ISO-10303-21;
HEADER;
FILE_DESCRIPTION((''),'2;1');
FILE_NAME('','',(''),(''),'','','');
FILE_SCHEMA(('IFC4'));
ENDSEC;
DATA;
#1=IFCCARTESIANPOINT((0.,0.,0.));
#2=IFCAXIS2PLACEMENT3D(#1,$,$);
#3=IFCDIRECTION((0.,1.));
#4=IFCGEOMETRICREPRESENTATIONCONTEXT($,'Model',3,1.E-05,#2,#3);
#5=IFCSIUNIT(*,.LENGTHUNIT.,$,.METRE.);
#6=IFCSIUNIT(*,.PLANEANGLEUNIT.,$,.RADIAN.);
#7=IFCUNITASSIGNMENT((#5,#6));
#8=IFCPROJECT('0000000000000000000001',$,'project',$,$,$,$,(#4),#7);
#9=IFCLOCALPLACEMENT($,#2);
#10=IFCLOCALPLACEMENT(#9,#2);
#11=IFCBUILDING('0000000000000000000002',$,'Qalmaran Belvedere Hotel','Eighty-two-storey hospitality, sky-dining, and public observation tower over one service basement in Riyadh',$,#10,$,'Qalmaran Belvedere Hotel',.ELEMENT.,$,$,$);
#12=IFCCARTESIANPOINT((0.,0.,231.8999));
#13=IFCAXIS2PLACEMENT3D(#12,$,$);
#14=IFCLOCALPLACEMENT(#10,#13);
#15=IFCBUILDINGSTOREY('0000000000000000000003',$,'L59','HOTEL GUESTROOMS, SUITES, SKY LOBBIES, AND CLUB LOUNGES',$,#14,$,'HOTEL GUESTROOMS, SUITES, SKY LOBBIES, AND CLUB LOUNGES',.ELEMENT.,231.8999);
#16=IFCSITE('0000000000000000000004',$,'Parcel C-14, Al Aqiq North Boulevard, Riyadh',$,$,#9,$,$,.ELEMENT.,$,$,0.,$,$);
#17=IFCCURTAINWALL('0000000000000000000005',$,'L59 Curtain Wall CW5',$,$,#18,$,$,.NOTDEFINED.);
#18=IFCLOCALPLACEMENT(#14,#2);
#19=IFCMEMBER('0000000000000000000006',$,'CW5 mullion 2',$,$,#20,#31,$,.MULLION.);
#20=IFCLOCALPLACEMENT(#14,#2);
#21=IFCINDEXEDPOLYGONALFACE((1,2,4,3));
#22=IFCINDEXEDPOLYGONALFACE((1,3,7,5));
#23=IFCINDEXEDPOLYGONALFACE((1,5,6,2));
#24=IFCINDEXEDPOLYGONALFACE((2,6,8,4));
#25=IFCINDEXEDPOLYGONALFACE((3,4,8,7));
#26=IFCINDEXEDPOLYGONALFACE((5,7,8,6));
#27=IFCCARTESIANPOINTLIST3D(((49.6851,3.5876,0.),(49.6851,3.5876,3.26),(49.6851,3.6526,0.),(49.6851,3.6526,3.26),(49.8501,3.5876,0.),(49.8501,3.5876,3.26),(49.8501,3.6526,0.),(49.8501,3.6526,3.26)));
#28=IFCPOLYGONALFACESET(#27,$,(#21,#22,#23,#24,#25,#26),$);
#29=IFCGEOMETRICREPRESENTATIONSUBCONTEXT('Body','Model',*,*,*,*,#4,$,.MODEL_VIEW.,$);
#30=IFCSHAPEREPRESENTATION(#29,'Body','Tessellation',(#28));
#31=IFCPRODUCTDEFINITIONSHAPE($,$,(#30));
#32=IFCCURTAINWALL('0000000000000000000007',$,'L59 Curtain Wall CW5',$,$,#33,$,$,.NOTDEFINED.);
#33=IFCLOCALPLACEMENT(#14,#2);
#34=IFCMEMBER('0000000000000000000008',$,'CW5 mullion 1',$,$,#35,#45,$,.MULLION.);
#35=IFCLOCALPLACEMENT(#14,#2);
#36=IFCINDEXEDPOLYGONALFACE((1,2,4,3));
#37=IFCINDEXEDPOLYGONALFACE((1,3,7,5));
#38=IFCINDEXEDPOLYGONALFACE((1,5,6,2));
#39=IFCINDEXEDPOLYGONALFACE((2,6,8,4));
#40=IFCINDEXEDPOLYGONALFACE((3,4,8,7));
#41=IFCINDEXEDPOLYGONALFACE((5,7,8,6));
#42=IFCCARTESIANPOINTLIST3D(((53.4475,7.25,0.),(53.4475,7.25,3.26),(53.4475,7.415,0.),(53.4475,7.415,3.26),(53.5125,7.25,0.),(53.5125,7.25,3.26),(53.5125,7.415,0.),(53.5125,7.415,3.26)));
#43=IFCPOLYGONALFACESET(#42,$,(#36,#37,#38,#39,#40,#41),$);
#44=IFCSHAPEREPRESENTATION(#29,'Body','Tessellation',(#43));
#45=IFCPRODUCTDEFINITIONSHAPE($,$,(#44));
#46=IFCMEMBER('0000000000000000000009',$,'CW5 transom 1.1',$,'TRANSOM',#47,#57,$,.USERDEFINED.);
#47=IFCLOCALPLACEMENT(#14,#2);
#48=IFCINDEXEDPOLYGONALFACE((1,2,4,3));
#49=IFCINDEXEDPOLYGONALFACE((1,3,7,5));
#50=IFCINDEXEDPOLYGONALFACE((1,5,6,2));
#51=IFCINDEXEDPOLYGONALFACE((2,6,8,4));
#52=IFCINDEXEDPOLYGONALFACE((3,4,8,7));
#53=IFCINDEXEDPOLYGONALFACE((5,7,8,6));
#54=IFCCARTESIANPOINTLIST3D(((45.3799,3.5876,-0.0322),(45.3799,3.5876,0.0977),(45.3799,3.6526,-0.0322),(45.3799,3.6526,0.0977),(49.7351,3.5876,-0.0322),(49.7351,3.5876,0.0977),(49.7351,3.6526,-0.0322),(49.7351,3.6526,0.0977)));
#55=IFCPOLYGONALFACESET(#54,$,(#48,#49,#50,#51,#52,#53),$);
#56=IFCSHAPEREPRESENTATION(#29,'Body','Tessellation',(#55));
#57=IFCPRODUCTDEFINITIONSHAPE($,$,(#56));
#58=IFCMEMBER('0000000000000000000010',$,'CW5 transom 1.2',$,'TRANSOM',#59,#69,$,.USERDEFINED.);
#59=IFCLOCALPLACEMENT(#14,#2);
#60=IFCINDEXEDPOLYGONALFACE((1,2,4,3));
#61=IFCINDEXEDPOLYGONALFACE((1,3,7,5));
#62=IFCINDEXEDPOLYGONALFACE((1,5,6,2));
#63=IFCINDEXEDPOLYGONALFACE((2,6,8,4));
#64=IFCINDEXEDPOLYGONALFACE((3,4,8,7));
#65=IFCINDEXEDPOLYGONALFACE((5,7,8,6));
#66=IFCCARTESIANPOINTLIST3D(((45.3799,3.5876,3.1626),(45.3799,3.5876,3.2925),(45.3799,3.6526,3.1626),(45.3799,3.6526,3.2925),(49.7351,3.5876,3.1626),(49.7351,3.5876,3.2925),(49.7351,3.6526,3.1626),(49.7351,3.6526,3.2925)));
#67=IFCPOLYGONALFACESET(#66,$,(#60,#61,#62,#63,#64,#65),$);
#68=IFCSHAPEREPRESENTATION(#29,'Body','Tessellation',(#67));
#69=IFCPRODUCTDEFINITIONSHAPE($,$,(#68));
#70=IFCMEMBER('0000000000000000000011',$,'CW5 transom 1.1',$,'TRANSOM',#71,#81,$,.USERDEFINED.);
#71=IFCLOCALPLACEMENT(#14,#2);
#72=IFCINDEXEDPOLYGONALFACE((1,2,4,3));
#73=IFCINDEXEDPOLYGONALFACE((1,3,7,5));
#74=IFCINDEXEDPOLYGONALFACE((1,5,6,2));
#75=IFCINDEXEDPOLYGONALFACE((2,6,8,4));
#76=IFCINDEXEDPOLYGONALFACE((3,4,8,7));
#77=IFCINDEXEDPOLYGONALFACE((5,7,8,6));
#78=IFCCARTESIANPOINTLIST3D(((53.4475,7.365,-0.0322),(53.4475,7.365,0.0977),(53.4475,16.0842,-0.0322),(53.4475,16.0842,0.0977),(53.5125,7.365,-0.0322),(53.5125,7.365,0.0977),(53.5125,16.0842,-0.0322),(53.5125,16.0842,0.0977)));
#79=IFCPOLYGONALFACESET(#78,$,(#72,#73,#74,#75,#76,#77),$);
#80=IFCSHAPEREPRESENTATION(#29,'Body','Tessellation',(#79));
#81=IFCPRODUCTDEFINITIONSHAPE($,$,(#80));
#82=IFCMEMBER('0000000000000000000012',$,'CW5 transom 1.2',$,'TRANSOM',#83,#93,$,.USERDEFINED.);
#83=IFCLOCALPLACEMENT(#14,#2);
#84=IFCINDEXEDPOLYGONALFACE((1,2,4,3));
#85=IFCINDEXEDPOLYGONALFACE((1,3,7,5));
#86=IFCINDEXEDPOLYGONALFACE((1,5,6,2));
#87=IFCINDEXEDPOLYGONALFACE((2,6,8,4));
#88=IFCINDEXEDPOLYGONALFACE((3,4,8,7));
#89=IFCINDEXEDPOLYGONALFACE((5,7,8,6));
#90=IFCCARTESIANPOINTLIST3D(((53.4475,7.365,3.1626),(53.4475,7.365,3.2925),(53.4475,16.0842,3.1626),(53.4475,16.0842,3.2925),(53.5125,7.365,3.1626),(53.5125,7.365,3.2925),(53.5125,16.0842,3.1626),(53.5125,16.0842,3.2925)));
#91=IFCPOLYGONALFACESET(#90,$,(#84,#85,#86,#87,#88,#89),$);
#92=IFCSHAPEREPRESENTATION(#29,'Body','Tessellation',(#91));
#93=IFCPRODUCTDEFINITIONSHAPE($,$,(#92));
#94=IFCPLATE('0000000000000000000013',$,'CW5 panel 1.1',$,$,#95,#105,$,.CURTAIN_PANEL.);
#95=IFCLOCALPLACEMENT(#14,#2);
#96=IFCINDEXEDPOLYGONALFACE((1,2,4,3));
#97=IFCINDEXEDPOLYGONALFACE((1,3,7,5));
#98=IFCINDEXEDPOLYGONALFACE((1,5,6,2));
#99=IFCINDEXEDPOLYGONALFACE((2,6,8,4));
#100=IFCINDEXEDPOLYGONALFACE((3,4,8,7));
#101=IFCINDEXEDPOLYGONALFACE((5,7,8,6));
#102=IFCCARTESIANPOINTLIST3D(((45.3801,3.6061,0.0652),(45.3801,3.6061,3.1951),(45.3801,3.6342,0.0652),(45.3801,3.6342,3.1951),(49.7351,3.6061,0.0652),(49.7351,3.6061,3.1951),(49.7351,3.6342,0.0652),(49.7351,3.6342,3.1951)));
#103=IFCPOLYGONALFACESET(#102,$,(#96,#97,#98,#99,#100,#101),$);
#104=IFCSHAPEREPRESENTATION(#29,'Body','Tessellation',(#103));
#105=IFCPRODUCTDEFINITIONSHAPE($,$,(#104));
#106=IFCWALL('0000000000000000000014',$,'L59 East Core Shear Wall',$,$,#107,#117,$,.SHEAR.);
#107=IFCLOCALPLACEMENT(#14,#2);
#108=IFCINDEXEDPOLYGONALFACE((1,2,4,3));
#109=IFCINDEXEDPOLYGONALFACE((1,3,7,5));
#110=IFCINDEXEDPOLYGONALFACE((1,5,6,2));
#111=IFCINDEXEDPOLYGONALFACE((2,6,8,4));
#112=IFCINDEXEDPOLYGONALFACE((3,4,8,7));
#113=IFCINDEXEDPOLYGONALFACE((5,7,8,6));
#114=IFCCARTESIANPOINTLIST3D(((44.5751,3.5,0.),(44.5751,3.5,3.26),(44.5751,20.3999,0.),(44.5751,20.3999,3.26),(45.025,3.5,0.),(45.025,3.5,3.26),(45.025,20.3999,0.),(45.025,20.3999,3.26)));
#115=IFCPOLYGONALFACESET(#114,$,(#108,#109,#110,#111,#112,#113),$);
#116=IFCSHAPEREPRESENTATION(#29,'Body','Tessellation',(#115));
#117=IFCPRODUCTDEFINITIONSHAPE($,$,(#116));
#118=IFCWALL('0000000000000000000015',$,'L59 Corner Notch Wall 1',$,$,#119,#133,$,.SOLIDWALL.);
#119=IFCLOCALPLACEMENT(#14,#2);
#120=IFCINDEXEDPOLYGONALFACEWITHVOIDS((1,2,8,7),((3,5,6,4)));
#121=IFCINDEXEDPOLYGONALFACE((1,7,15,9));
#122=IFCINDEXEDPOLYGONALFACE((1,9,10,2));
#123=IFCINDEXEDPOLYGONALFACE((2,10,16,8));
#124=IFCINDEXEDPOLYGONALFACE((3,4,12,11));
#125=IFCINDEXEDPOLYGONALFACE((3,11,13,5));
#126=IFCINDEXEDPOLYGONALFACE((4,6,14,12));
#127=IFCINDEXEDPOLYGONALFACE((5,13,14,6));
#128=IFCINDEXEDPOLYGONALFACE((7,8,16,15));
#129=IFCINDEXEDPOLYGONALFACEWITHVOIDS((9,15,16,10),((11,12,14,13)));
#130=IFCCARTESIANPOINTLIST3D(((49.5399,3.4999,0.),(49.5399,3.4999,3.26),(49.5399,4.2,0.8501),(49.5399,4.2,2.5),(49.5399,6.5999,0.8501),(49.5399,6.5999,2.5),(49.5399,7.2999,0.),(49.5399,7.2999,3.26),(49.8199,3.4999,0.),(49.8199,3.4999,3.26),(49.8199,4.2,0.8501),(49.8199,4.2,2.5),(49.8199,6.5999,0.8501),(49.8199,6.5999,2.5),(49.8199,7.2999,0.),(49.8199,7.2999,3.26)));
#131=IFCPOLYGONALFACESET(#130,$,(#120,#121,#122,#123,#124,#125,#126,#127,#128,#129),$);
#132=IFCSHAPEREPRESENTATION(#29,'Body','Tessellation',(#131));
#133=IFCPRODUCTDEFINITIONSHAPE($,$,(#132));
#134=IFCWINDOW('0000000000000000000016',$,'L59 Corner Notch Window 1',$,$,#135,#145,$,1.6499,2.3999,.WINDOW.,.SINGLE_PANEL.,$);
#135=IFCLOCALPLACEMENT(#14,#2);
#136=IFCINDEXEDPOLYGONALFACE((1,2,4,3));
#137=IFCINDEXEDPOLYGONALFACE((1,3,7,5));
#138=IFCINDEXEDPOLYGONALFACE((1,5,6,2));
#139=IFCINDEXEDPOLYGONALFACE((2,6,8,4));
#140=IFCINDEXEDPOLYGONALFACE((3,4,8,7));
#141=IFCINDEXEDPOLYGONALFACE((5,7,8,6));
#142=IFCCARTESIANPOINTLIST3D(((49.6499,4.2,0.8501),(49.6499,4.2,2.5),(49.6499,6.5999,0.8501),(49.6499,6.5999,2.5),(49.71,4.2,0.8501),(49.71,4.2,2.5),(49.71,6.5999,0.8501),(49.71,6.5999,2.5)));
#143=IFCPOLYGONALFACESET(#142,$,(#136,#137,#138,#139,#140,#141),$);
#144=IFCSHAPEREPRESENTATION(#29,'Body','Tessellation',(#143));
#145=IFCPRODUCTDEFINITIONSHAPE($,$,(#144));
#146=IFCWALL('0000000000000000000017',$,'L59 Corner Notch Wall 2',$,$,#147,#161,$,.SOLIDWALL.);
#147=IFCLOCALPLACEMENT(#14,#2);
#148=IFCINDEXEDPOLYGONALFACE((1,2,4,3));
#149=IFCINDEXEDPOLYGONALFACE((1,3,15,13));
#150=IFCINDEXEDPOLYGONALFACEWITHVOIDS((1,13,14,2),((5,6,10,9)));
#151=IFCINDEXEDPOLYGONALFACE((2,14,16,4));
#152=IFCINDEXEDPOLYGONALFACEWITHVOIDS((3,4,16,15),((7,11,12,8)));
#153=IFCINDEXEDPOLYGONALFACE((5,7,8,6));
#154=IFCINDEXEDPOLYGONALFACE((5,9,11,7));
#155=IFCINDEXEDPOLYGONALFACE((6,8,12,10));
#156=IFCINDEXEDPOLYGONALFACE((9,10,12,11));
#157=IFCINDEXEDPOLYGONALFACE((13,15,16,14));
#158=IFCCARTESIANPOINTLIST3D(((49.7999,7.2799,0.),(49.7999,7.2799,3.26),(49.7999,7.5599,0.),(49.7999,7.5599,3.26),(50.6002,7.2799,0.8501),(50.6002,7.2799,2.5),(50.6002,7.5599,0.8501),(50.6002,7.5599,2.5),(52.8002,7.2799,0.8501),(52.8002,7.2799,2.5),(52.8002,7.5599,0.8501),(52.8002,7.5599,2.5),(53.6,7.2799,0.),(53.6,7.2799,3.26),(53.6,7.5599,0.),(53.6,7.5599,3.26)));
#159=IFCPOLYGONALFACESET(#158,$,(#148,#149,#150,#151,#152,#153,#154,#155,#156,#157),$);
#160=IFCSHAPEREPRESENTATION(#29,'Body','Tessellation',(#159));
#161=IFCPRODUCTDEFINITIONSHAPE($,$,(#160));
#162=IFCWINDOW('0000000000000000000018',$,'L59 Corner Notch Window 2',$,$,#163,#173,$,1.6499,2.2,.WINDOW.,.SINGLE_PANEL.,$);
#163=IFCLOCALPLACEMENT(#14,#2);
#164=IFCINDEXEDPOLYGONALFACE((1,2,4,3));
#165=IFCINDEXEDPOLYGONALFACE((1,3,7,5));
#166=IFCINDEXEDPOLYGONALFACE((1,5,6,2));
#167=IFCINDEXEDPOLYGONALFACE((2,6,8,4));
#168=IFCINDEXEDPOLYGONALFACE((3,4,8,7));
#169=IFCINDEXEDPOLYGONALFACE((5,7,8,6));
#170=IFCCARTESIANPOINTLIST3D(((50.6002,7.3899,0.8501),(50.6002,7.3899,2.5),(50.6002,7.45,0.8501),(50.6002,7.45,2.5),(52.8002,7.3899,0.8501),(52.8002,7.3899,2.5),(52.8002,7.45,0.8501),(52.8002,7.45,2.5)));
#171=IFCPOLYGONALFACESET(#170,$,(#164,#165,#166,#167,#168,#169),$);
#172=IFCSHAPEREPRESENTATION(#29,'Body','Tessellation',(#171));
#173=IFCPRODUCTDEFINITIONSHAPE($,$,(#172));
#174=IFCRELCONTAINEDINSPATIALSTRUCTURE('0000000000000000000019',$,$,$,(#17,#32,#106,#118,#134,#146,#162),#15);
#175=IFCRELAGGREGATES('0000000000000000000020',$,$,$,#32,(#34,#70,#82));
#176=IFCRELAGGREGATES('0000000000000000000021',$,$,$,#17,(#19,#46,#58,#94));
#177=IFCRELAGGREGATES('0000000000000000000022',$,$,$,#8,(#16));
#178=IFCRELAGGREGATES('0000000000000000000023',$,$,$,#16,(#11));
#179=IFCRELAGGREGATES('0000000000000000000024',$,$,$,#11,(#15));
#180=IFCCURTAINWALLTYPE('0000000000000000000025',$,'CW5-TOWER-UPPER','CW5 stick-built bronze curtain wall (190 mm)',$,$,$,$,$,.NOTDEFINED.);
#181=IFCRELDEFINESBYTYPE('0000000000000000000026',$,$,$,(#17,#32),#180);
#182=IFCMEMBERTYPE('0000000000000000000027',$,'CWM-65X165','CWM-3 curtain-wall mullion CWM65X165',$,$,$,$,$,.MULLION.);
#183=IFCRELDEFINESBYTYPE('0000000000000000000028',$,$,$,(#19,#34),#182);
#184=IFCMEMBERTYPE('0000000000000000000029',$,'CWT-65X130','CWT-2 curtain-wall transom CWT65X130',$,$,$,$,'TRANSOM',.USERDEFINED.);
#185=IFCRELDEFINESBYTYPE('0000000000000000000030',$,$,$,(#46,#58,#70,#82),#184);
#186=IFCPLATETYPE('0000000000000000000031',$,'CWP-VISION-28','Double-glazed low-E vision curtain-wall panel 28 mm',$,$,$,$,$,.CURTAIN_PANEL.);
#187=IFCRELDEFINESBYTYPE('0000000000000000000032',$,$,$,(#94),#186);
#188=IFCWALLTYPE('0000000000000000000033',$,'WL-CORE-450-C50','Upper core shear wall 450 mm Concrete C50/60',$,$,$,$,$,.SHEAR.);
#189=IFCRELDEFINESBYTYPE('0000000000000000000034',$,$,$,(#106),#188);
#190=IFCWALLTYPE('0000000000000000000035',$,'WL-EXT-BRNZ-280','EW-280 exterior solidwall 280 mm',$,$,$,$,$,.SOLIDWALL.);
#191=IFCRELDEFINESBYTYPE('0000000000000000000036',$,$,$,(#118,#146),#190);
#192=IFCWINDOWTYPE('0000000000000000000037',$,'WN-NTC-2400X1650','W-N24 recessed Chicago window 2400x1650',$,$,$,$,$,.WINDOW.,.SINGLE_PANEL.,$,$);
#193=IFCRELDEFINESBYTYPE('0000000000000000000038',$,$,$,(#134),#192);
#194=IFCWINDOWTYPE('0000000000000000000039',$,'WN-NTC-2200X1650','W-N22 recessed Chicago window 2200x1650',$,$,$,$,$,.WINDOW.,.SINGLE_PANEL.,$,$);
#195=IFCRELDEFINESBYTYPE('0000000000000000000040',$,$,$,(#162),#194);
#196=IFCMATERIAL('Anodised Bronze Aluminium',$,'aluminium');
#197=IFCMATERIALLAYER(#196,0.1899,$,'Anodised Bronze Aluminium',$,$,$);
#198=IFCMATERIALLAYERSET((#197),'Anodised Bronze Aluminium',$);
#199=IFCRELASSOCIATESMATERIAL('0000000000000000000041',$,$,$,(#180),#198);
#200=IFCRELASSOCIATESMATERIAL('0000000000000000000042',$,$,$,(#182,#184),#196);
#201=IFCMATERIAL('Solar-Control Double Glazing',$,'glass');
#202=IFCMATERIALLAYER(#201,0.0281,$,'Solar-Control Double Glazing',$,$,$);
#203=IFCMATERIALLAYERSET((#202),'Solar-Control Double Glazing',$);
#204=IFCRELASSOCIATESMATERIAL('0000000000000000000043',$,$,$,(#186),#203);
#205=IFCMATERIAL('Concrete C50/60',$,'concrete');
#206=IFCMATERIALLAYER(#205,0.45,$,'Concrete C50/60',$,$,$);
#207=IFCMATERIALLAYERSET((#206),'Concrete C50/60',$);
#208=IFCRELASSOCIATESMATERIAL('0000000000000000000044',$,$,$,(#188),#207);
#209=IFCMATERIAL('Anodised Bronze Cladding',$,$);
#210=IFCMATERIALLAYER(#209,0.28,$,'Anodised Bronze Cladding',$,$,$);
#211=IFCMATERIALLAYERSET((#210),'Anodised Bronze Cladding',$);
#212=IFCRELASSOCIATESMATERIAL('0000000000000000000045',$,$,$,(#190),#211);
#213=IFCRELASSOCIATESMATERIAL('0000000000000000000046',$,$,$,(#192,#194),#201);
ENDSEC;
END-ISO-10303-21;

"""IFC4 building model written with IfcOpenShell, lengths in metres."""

from ifc_helpers import new_model, si_unit, direction, frame, frame_2d, origin, origin_2d, place, context, subcontext, project, spatial, rectangle, extrude, material, layer, layer_set, material_profile, profile_set, type_object, element, fill, aggregate, save


model = new_model("IFC4")

# Units and contexts
model_context = context("Model", 3, precision=1e-05, world=origin(), true_north=direction((0.0, 1.0)))
body_context = subcontext(model_context, "Body", "Model", "MODEL_VIEW")
ifc_project = project(units=[si_unit("LENGTHUNIT", "METRE"), si_unit("PLANEANGLEUNIT", "RADIAN")], contexts=[model_context])

# Site, building, storey
site_placement = place(None, origin())
site = spatial("IfcSite", under=ifc_project, at=site_placement, Name="Parcel C-14, Al Aqiq North Boulevard, Riyadh", CompositionType="ELEMENT", RefElevation=0.0)
building_placement = place(site_placement, origin())
building = spatial("IfcBuilding", under=site, at=building_placement, Name="Qalmaran Belvedere Hotel", Description="Eighty-two-storey hospitality, sky-dining, and public observation tower over one service basement in Riyadh", LongName="Qalmaran Belvedere Hotel", CompositionType="ELEMENT")
storey_placement = place(building_placement, frame((0.0, 0.0, 231.8999)))
storey = spatial("IfcBuildingStorey", under=building, at=storey_placement, Name="L59", Description="HOTEL GUESTROOMS, SUITES, SKY LOBBIES, AND CLUB LOUNGES", LongName="HOTEL GUESTROOMS, SUITES, SKY LOBBIES, AND CLUB LOUNGES", CompositionType="ELEMENT", Elevation=231.8999)

# Shared definitions
ifc_material_1 = material(Name="Concrete C50/60", Category="concrete")

# Curtain wall, member
ifc_material_2 = material(Name="Anodised Bronze Aluminium", Category="aluminium")
ifc_layer_1 = layer(ifc_material_2, 0.1899, Name="Anodised Bronze Aluminium")
ifc_layer_set_1 = layer_set([ifc_layer_1], Name="Anodised Bronze Aluminium")
curtain_wall_type = type_object("IfcCurtainWallType", Name="CW5-TOWER-UPPER", Description="CW5 stick-built bronze curtain wall (190 mm)", PredefinedType="NOTDEFINED", material=ifc_layer_set_1)
curtain_wall_1_placement = place(storey_placement, origin())
curtain_wall_1 = element("IfcCurtainWall", 1, at=curtain_wall_1_placement, inside=storey, type_object=curtain_wall_type, Name="L59 Curtain Wall CW5", PredefinedType="NOTDEFINED")
ifc_material_profile_1 = material_profile(ifc_material_2, rectangle(XDim=0.0649, YDim=0.165, at=origin_2d()), Name="CWM65X165")
ifc_profile_set_1 = profile_set([ifc_material_profile_1], Name="Anodised Bronze Aluminium")
member_type_1 = type_object("IfcMemberType", Name="CWM-65X165", Description="CWM-3 curtain-wall mullion CWM65X165", PredefinedType="MULLION", material=ifc_profile_set_1)
member_1_placement = place(storey_placement, frame((49.7676, 3.6201, 0.0), z_axis=(0.0, 0.0, 1.0), x_axis=(0.0, 1.0, 0.0)))
member_1 = element("IfcMember", 2, at=member_1_placement, type_object=member_type_1, Name="CW5 mullion 2", PredefinedType="MULLION", context=body_context, shape_type="SweptSolid", body=[
    extrude(rectangle(XDim=0.0649, YDim=0.165, at=origin_2d()), origin(), (0.0, 0.0, 1.0), 3.26),
])

# Curtain wall, member
curtain_wall_2_placement = place(storey_placement, origin())
curtain_wall_2 = element("IfcCurtainWall", 3, at=curtain_wall_2_placement, inside=storey, type_object=curtain_wall_type, Name="L59 Curtain Wall CW5", PredefinedType="NOTDEFINED")
member_2_placement = place(storey_placement, frame((53.48, 7.3325, 0.0), z_axis=(0.0, 0.0, 1.0), x_axis=(-1.0, 0.0, 0.0)))
member_2 = element("IfcMember", 4, at=member_2_placement, type_object=member_type_1, Name="CW5 mullion 1", PredefinedType="MULLION", context=body_context, shape_type="SweptSolid", body=[
    extrude(rectangle(XDim=0.0649, YDim=0.165, at=origin_2d()), origin(), (0.0, 0.0, 1.0), 3.26),
])

# Members
ifc_material_profile_2 = material_profile(ifc_material_2, rectangle(XDim=0.0649, YDim=0.1299, at=origin_2d()), Name="CWT65X130")
ifc_profile_set_2 = profile_set([ifc_material_profile_2], Name="Anodised Bronze Aluminium")
member_type_2 = type_object("IfcMemberType", Name="CWT-65X130", Description="CWT-2 curtain-wall transom CWT65X130", ElementType="TRANSOM", PredefinedType="USERDEFINED", material=ifc_profile_set_2)
member_3_placement = place(storey_placement, frame((45.3799, 3.6201, 0.0327), z_axis=(1.0, 0.0, 0.0), x_axis=(0.0, 1.0, 0.0)))
member_3 = element("IfcMember", 5, at=member_3_placement, type_object=member_type_2, Name="CW5 transom 1.1", ObjectType="TRANSOM", PredefinedType="USERDEFINED", context=body_context, shape_type="SweptSolid", body=[
    extrude(rectangle(XDim=0.0649, YDim=0.1299, at=origin_2d()), origin(), (0.0, 0.0, 1.0), 4.3552),
])
member_4_placement = place(storey_placement, frame((45.3799, 3.6201, 3.2275), z_axis=(1.0, 0.0, 0.0), x_axis=(0.0, 1.0, 0.0)))
member_4 = element("IfcMember", 6, at=member_4_placement, type_object=member_type_2, Name="CW5 transom 1.2", ObjectType="TRANSOM", PredefinedType="USERDEFINED", context=body_context, shape_type="SweptSolid", body=[
    extrude(rectangle(XDim=0.0649, YDim=0.1299, at=origin_2d()), origin(), (0.0, 0.0, 1.0), 4.3552),
])
member_5_placement = place(storey_placement, frame((53.48, 7.365, 0.0327), z_axis=(0.0, 1.0, 0.0), x_axis=(-1.0, 0.0, 0.0)))
member_5 = element("IfcMember", 7, at=member_5_placement, type_object=member_type_2, Name="CW5 transom 1.1", ObjectType="TRANSOM", PredefinedType="USERDEFINED", context=body_context, shape_type="SweptSolid", body=[
    extrude(rectangle(XDim=0.0649, YDim=0.1299, at=origin_2d()), origin(), (0.0, 0.0, 1.0), 8.7192),
])
member_6_placement = place(storey_placement, frame((53.48, 7.365, 3.2275), z_axis=(0.0, 1.0, 0.0), x_axis=(-1.0, 0.0, 0.0)))
member_6 = element("IfcMember", 8, at=member_6_placement, type_object=member_type_2, Name="CW5 transom 1.2", ObjectType="TRANSOM", PredefinedType="USERDEFINED", context=body_context, shape_type="SweptSolid", body=[
    extrude(rectangle(XDim=0.0649, YDim=0.1299, at=origin_2d()), origin(), (0.0, 0.0, 1.0), 8.7192),
])
aggregate(curtain_wall_2, [member_2, member_5, member_6])

# Plate
ifc_material_3 = material(Name="Solar-Control Double Glazing", Category="glass")
ifc_layer_2 = layer(ifc_material_3, 0.0281, Name="Solar-Control Double Glazing")
ifc_layer_set_2 = layer_set([ifc_layer_2], Name="Solar-Control Double Glazing")
plate_type = type_object("IfcPlateType", Name="CWP-VISION-28", Description="Double-glazed low-E vision curtain-wall panel 28 mm", PredefinedType="CURTAIN_PANEL", material=ifc_layer_set_2)
plate_placement = place(storey_placement, frame((47.5576, 3.6201, 0.0652), z_axis=(0.0, 0.0, 1.0), x_axis=(1.0, 0.0, 0.0)))
plate = element("IfcPlate", 9, at=plate_placement, type_object=plate_type, Name="CW5 panel 1.1", PredefinedType="CURTAIN_PANEL", context=body_context, shape_type="SweptSolid", body=[
    extrude(rectangle(XDim=4.355, YDim=0.0281, at=origin_2d()), origin(), (0.0, 0.0, 1.0), 3.1299),
])
aggregate(curtain_wall_1, [member_1, member_3, member_4, plate])

# Wall
ifc_layer_3 = layer(ifc_material_1, 0.45, Name="Concrete C50/60")
ifc_layer_set_3 = layer_set([ifc_layer_3], Name="Concrete C50/60")
wall_type_1 = type_object("IfcWallType", Name="WL-CORE-450-C50", Description="Upper core shear wall 450 mm Concrete C50/60", PredefinedType="SHEAR", material=ifc_layer_set_3)
wall_1_placement = place(storey_placement, frame((44.8, 3.5, 0.0), z_axis=(0.0, 0.0, 1.0), x_axis=(0.0, 1.0, 0.0)))
element("IfcWall", 10, at=wall_1_placement, inside=storey, type_object=wall_type_1, Name="L59 East Core Shear Wall", PredefinedType="SHEAR", context=body_context, shape_type="SweptSolid", body=[
    extrude(rectangle(XDim=16.8999, YDim=0.45, at=frame_2d((8.45, 0.0))), origin(), (0.0, 0.0, 1.0), 3.26),
])

# Walls, openings, windows
ifc_material_4 = material(Name="Anodised Bronze Cladding")
ifc_layer_4 = layer(ifc_material_4, 0.28, Name="Anodised Bronze Cladding")
ifc_layer_set_4 = layer_set([ifc_layer_4], Name="Anodised Bronze Cladding")
wall_type_2 = type_object("IfcWallType", Name="WL-EXT-BRNZ-280", Description="EW-280 exterior solidwall 280 mm", PredefinedType="SOLIDWALL", material=ifc_layer_set_4)
wall_2_placement = place(storey_placement, frame((49.6799, 3.5, 0.0), z_axis=(0.0, 0.0, 1.0), x_axis=(0.0, 1.0, 0.0)))
wall_2 = element("IfcWall", 11, at=wall_2_placement, inside=storey, type_object=wall_type_2, Name="L59 Corner Notch Wall 1", PredefinedType="SOLIDWALL", context=body_context, shape_type="SweptSolid", body=[
    extrude(rectangle(XDim=3.8, YDim=0.28, at=frame_2d((1.8999, 0.0))), origin(), (0.0, 0.0, 1.0), 3.26),
])
opening_1_placement = place(wall_2_placement, frame((0.7, 0.0, 0.8501)))
opening_1 = element("IfcOpeningElement", 12, at=opening_1_placement, cuts=wall_2, PredefinedType="OPENING", context=body_context, shape_type="SweptSolid", body=[
    extrude(rectangle(XDim=2.3999, YDim=1.6499, at=frame_2d((1.2, 0.825))), frame((0.0, 0.1499, 0.0), z_axis=(0.0, -1.0, 0.0), x_axis=(1.0, 0.0, 0.0)), (0.0, 0.0, 1.0), 0.3),
])
window_type_1 = type_object("IfcWindowType", Name="WN-NTC-2400X1650", Description="W-N24 recessed Chicago window 2400x1650", PartitioningType="SINGLE_PANEL", PredefinedType="WINDOW", material=ifc_material_3)
window_1_placement = place(opening_1_placement, origin())
window_1 = element("IfcWindow", 13, at=window_1_placement, inside=storey, type_object=window_type_1, Name="L59 Corner Notch Window 1", OverallHeight=1.6499, OverallWidth=2.3999, PartitioningType="SINGLE_PANEL", PredefinedType="WINDOW", context=body_context, shape_type="SweptSolid", body=[
    extrude(rectangle(XDim=2.3999, YDim=1.6499, at=frame_2d((1.2, 0.825))), frame((0.0, 0.03, 0.0), z_axis=(0.0, -1.0, 0.0), x_axis=(1.0, 0.0, 0.0)), (0.0, 0.0, 1.0), 0.0601),
])
fill(opening_1, window_1)
wall_3_placement = place(storey_placement, frame((49.8, 7.4199, 0.0), z_axis=(0.0, 0.0, 1.0), x_axis=(1.0, 0.0, 0.0)))
wall_3 = element("IfcWall", 14, at=wall_3_placement, inside=storey, type_object=wall_type_2, Name="L59 Corner Notch Wall 2", PredefinedType="SOLIDWALL", context=body_context, shape_type="SweptSolid", body=[
    extrude(rectangle(XDim=3.8, YDim=0.28, at=frame_2d((1.8999, 0.0))), origin(), (0.0, 0.0, 1.0), 3.26),
])
opening_2_placement = place(wall_3_placement, frame((0.8, 0.0, 0.8501)))
opening_2 = element("IfcOpeningElement", 15, at=opening_2_placement, cuts=wall_3, PredefinedType="OPENING", context=body_context, shape_type="SweptSolid", body=[
    extrude(rectangle(XDim=2.2, YDim=1.6499, at=frame_2d((1.1001, 0.825))), frame((0.0, 0.1499, 0.0), z_axis=(0.0, -1.0, 0.0), x_axis=(1.0, 0.0, 0.0)), (0.0, 0.0, 1.0), 0.3),
])
window_type_2 = type_object("IfcWindowType", Name="WN-NTC-2200X1650", Description="W-N22 recessed Chicago window 2200x1650", PartitioningType="SINGLE_PANEL", PredefinedType="WINDOW", material=ifc_material_3)
window_2_placement = place(opening_2_placement, origin())
window_2 = element("IfcWindow", 16, at=window_2_placement, inside=storey, type_object=window_type_2, Name="L59 Corner Notch Window 2", OverallHeight=1.6499, OverallWidth=2.2, PartitioningType="SINGLE_PANEL", PredefinedType="WINDOW", context=body_context, shape_type="SweptSolid", body=[
    extrude(rectangle(XDim=2.2, YDim=1.6499, at=frame_2d((1.1001, 0.825))), frame((0.0, 0.03, 0.0), z_axis=(0.0, -1.0, 0.0), x_axis=(1.0, 0.0, 0.0)), (0.0, 0.0, 1.0), 0.0601),
])
fill(opening_2, window_2)

save(model, "model.ifc")
